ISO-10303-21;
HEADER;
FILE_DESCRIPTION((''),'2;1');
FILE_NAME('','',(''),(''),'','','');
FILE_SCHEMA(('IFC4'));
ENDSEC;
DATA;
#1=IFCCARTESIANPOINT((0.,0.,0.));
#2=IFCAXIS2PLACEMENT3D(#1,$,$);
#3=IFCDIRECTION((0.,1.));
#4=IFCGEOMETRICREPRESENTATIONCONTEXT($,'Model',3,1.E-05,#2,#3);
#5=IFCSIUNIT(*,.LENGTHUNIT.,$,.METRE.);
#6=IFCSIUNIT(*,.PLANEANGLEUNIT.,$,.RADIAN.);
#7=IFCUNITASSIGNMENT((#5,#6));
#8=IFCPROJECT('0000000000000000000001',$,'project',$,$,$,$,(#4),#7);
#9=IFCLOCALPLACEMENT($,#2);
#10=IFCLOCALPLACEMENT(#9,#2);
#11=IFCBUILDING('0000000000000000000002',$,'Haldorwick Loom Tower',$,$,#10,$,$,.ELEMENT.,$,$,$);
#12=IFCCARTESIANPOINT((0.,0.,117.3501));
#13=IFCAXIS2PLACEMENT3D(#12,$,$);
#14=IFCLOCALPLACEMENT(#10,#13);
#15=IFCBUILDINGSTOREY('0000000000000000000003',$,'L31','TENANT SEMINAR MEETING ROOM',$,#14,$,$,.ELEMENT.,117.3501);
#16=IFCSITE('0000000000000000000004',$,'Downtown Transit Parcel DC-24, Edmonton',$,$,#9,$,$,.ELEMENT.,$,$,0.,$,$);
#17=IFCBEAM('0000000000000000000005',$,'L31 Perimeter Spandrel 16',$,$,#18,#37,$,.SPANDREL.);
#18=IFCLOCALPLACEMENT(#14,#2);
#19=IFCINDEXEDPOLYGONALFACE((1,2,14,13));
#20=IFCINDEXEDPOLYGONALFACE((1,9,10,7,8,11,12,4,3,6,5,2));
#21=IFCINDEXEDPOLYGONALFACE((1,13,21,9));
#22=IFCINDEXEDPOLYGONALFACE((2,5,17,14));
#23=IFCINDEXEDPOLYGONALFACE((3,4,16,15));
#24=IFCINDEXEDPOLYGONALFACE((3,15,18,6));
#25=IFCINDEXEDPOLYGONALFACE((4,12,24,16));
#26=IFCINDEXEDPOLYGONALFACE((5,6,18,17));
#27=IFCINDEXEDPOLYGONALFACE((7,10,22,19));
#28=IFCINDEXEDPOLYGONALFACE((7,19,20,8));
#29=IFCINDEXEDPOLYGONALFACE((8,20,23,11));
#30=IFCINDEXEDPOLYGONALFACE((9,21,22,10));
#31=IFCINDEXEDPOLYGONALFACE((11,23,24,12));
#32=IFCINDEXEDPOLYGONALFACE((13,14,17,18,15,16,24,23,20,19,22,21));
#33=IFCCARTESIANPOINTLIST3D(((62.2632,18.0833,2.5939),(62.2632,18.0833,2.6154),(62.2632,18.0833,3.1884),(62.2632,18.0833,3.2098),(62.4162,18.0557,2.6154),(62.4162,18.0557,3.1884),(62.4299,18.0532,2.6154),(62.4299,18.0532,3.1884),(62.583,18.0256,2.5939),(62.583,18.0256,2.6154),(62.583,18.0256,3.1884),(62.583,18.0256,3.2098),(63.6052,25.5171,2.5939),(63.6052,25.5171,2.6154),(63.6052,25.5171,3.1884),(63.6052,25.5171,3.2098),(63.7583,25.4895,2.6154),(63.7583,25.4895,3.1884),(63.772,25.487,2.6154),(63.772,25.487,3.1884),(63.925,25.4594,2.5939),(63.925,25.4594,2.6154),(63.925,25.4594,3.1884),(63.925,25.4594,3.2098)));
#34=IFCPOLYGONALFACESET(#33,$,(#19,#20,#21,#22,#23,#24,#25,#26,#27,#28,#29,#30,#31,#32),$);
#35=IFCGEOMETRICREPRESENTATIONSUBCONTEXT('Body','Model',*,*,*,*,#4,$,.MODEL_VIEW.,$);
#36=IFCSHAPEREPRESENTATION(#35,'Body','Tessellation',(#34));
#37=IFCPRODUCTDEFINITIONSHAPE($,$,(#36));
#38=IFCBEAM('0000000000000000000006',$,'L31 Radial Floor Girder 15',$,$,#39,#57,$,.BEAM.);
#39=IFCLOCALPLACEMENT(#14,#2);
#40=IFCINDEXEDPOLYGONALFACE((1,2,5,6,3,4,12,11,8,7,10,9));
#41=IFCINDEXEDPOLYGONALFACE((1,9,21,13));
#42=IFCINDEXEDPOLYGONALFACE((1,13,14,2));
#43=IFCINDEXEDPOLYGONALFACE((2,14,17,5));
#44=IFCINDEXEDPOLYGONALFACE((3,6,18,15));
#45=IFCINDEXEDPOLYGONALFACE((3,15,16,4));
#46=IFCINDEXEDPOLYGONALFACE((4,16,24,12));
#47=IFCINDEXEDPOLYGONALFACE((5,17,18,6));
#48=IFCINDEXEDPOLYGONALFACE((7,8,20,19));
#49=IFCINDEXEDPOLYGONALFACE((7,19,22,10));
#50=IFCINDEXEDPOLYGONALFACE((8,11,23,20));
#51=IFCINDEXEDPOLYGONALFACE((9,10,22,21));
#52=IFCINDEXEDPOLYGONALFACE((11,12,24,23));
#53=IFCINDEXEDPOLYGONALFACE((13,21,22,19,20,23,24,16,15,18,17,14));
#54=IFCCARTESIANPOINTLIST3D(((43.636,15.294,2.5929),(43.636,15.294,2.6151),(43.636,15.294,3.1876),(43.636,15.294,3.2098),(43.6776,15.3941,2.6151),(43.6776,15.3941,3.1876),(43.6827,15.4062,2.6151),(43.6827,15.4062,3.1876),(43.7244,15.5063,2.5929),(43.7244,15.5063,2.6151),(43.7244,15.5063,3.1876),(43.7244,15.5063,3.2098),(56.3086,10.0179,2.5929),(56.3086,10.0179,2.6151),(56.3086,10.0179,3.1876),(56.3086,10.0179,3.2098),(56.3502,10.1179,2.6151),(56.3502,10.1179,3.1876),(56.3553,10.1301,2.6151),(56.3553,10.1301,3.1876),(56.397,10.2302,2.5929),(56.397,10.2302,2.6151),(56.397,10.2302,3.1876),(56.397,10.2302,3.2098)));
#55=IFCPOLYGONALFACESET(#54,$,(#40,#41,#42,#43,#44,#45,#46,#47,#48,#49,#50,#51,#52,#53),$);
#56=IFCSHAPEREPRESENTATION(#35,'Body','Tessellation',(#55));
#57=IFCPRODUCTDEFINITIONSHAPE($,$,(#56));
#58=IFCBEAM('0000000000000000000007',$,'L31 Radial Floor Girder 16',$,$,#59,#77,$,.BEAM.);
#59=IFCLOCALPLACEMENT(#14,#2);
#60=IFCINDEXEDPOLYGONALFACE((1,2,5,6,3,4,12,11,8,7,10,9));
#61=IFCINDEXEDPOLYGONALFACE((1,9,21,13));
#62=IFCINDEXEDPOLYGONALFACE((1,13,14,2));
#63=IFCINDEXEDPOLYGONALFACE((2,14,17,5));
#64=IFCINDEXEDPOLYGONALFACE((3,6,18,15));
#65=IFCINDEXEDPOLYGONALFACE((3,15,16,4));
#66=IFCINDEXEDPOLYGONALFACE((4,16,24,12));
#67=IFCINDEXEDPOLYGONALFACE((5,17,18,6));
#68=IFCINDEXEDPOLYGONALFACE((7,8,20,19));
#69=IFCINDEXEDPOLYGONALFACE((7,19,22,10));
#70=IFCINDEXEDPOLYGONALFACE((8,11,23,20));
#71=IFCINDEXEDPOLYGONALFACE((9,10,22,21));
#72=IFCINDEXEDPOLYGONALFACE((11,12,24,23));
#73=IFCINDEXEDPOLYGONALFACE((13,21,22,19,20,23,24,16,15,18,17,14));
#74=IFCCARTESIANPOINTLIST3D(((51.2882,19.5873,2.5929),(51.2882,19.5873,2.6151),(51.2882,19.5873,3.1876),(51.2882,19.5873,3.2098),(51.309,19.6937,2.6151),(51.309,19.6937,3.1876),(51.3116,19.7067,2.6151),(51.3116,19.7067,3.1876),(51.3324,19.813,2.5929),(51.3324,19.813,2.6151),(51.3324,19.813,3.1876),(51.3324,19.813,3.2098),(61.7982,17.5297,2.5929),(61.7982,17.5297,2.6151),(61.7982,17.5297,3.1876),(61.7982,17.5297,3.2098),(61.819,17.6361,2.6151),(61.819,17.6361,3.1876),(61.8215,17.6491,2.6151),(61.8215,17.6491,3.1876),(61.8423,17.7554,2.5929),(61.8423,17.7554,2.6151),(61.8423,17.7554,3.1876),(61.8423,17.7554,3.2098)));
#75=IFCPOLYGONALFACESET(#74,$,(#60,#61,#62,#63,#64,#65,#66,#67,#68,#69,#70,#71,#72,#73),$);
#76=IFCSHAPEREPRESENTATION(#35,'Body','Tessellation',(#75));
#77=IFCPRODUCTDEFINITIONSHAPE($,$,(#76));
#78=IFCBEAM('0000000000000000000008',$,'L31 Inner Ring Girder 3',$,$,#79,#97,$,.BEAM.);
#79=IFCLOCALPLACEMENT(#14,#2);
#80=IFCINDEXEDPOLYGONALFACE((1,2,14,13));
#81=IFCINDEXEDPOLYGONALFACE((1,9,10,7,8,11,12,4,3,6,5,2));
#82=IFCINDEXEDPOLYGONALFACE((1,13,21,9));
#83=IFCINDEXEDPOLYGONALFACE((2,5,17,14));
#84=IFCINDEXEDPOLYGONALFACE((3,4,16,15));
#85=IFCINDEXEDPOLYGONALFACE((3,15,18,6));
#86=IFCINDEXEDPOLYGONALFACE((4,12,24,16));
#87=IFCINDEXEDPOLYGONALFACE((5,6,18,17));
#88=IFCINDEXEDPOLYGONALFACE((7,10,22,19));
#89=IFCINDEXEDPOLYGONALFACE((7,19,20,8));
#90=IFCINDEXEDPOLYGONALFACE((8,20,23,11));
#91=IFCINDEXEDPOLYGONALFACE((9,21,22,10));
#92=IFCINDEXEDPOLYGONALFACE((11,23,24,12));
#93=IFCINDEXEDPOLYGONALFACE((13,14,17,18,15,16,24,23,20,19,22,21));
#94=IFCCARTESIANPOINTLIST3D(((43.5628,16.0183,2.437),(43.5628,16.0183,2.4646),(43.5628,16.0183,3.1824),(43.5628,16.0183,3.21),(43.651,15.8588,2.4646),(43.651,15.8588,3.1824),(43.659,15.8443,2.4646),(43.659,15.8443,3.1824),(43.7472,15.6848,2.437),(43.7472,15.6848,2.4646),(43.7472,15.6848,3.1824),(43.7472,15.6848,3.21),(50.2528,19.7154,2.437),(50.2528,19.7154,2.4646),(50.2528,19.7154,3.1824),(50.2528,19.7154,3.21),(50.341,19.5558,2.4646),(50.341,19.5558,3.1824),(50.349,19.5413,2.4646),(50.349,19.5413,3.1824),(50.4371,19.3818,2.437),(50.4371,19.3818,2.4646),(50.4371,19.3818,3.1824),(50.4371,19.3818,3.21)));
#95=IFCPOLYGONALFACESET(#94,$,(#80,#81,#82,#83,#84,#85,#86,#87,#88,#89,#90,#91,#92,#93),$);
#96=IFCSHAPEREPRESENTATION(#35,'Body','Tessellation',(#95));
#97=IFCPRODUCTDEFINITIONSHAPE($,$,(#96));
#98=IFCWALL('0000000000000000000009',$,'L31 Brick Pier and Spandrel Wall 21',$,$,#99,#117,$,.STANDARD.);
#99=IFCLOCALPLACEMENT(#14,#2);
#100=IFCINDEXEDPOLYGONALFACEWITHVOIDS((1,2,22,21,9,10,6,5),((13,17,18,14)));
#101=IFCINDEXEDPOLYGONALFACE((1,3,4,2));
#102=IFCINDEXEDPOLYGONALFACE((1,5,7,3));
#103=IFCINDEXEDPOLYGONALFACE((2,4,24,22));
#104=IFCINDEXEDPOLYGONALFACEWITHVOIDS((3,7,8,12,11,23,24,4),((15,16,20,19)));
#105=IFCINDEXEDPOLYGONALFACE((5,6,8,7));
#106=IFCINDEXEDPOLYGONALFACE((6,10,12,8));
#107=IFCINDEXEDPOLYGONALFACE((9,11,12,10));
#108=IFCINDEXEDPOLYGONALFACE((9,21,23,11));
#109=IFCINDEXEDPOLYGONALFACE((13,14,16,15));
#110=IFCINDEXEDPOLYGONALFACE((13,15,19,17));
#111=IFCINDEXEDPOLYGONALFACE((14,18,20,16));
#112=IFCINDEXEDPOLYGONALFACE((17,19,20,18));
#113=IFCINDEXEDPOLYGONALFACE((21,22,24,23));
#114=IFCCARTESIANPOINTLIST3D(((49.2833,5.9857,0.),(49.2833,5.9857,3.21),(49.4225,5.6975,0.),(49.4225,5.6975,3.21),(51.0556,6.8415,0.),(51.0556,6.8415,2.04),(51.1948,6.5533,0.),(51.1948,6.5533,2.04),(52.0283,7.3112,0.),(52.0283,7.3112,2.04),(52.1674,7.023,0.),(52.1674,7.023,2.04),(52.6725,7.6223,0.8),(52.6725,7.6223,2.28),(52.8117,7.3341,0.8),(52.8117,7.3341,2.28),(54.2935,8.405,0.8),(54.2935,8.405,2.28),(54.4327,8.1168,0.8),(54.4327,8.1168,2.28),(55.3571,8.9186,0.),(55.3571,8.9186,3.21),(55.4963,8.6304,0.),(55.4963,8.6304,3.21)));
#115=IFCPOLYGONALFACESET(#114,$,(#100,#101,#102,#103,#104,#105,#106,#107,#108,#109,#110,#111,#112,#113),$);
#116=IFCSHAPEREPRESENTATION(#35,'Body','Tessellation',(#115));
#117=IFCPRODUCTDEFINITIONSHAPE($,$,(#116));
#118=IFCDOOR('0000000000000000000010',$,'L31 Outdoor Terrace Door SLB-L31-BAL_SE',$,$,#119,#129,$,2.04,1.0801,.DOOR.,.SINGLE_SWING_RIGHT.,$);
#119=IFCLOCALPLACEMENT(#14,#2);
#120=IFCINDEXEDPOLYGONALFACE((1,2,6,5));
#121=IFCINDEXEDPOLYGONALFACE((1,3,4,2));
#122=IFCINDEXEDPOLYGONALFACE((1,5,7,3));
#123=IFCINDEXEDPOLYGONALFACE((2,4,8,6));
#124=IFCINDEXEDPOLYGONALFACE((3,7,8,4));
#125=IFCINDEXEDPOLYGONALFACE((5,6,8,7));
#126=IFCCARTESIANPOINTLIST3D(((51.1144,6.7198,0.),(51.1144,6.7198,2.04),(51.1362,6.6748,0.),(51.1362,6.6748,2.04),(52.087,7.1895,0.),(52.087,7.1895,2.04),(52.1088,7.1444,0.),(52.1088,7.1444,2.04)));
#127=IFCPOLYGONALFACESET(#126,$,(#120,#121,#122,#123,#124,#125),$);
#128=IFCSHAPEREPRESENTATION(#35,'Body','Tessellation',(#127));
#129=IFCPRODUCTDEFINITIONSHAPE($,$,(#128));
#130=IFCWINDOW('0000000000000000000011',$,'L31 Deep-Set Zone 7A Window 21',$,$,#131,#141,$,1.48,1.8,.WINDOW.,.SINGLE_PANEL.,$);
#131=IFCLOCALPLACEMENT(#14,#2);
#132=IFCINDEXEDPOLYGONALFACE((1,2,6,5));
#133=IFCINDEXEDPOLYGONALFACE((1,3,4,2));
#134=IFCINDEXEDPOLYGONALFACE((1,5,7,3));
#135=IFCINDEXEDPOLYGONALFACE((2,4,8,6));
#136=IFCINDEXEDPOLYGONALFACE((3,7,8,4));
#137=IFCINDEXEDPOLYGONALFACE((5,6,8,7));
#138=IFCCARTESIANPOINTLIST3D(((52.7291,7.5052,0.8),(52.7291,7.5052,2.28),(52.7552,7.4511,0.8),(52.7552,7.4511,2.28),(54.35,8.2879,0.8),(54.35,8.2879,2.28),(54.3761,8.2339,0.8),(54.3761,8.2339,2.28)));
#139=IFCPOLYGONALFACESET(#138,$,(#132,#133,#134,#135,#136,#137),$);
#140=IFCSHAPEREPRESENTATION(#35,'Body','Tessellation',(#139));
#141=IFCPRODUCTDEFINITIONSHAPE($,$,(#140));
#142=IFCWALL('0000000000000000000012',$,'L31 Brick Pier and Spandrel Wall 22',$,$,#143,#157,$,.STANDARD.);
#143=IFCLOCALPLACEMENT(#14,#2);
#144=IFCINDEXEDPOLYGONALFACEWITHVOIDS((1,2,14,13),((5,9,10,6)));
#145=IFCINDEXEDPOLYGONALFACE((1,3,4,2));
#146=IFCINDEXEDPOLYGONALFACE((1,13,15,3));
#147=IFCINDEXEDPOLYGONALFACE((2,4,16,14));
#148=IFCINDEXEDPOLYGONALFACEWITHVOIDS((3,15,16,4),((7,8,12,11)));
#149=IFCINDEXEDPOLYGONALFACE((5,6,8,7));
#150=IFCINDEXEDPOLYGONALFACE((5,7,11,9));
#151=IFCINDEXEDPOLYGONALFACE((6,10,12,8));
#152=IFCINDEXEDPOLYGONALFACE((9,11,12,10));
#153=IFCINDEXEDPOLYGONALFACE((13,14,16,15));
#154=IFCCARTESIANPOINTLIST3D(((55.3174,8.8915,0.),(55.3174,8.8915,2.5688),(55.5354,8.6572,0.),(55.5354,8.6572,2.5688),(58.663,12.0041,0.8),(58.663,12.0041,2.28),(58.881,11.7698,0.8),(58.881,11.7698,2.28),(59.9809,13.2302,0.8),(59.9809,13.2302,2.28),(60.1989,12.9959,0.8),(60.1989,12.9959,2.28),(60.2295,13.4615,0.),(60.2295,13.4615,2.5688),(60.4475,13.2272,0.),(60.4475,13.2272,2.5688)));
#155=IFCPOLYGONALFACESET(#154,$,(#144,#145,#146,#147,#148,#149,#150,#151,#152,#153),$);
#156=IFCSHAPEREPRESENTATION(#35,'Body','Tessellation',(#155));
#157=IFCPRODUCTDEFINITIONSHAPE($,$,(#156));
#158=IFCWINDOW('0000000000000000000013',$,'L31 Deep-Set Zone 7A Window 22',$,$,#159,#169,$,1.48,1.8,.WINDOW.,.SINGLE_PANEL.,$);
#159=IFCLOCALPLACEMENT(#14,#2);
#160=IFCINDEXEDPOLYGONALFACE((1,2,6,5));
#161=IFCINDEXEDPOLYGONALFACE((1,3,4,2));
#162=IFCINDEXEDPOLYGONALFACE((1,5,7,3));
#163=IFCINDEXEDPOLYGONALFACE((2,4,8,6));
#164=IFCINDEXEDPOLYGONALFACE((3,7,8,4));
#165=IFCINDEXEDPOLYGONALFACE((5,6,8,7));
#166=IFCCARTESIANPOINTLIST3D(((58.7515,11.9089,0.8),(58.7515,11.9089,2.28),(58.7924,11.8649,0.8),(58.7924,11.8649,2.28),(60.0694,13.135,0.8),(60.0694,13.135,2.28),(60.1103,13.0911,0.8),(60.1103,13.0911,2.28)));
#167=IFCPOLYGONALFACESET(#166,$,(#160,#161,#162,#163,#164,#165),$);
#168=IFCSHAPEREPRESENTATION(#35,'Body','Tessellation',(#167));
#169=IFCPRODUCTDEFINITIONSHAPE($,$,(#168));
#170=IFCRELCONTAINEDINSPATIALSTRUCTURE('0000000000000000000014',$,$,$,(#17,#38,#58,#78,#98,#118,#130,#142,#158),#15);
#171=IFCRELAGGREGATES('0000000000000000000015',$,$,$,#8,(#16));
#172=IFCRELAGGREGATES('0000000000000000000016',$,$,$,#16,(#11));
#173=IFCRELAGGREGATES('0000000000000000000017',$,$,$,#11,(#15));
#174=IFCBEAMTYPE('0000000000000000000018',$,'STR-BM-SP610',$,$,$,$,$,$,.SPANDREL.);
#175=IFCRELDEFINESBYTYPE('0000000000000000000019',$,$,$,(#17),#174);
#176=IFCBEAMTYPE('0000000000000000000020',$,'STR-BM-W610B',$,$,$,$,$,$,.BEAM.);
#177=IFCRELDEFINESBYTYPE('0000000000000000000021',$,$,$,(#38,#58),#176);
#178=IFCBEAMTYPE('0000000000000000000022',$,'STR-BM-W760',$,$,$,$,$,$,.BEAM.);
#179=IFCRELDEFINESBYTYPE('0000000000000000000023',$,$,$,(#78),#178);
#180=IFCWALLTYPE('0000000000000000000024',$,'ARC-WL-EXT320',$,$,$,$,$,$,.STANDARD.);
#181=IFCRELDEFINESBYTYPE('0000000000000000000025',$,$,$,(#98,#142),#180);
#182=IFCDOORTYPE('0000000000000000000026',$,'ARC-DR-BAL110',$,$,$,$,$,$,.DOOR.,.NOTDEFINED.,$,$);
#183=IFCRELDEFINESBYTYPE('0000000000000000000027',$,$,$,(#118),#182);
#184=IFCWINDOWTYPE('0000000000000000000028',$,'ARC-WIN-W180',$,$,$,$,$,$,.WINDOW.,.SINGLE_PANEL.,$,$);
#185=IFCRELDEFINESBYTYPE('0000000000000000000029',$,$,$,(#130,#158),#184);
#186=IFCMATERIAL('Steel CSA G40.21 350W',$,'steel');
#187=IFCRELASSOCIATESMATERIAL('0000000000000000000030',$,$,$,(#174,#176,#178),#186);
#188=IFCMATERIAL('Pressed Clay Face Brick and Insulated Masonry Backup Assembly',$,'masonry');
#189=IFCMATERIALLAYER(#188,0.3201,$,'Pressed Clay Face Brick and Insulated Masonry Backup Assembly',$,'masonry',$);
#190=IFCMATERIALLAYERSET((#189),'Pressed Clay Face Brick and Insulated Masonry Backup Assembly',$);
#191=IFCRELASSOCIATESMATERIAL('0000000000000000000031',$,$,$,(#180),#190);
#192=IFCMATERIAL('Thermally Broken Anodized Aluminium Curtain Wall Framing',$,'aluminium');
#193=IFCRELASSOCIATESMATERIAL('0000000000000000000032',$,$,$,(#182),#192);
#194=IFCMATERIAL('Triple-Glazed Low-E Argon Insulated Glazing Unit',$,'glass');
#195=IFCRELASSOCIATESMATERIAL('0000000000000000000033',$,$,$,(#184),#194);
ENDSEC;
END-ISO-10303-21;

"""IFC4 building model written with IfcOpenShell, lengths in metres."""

from ifc_helpers import new_model, si_unit, direction, frame, frame_2d, origin, origin_2d, place, context, subcontext, project, spatial, rectangle, i_section, extrude, material, layer, layer_set, material_profile, profile_set, type_object, element, fill, save


model = new_model("IFC4")

# Units and contexts
model_context = context("Model", 3, precision=1e-05, world=origin(), true_north=direction((0.0, 1.0)))
body_context = subcontext(model_context, "Body", "Model", "MODEL_VIEW")
ifc_project = project(units=[si_unit("LENGTHUNIT", "METRE"), si_unit("PLANEANGLEUNIT", "RADIAN")], contexts=[model_context])

# Site, building, storey
site_placement = place(None, origin())
site = spatial("IfcSite", under=ifc_project, at=site_placement, Name="Downtown Transit Parcel DC-24, Edmonton", CompositionType="ELEMENT", RefElevation=0.0)
building_placement = place(site_placement, origin())
building = spatial("IfcBuilding", under=site, at=building_placement, Name="Haldorwick Loom Tower", CompositionType="ELEMENT")
storey_placement = place(building_placement, frame((0.0, 0.0, 117.3501)))
storey = spatial("IfcBuildingStorey", under=building, at=storey_placement, Name="L31", Description="TENANT SEMINAR MEETING ROOM", CompositionType="ELEMENT", Elevation=117.3501)

# Beams
ifc_material_1 = material(Name="Steel CSA G40.21 350W", Category="steel")
ifc_material_profile_1 = material_profile(ifc_material_1, i_section(OverallWidth=0.325, OverallDepth=0.616, WebThickness=0.0139, FlangeThickness=0.0215, at=origin_2d()), Name="W610X174", Category="steel")
ifc_profile_set_1 = profile_set([ifc_material_profile_1], Name="Steel CSA G40.21 350W")
beam_type_1 = type_object("IfcBeamType", Name="STR-BM-SP610", PredefinedType="SPANDREL", material=ifc_profile_set_1)
beam_1_placement = place(storey_placement, frame((62.4231, 18.0544, 2.9019), z_axis=(0.177659, 0.984092, 0.0), x_axis=(-0.984092, 0.177659, 0.0)))
element("IfcBeam", 1, at=beam_1_placement, inside=storey, type_object=beam_type_1, Name="L31 Perimeter Spandrel 16", PredefinedType="SPANDREL", context=body_context, shape_type="SweptSolid", body=[
    extrude(i_section(OverallWidth=0.325, OverallDepth=0.616, WebThickness=0.0139, FlangeThickness=0.0215, at=origin_2d()), origin(), (0.0, 0.0, 1.0), 7.554),
])
ifc_material_profile_2 = material_profile(ifc_material_1, i_section(OverallWidth=0.23, OverallDepth=0.6169, WebThickness=0.0132, FlangeThickness=0.0222, at=origin_2d()), Name="W610X140", Category="steel")
ifc_profile_set_2 = profile_set([ifc_material_profile_2], Name="Steel CSA G40.21 350W")
beam_type_2 = type_object("IfcBeamType", Name="STR-BM-W610B", PredefinedType="BEAM", material=ifc_profile_set_2)
beam_2_placement = place(storey_placement, frame((43.6802, 15.4001, 2.9014), z_axis=(0.923184, -0.384359, 0.0), x_axis=(0.384359, 0.923184, 0.0)))
element("IfcBeam", 2, at=beam_2_placement, inside=storey, type_object=beam_type_2, Name="L31 Radial Floor Girder 15", PredefinedType="BEAM", context=body_context, shape_type="SweptSolid", body=[
    extrude(i_section(OverallWidth=0.23, OverallDepth=0.6169, WebThickness=0.0132, FlangeThickness=0.0222, at=origin_2d()), origin(), (0.0, 0.0, 1.0), 13.7271),
])
beam_3_placement = place(storey_placement, frame((51.3103, 19.7002, 2.9014), z_axis=(0.98137, -0.192129, 0.0), x_axis=(0.192129, 0.98137, 0.0)))
element("IfcBeam", 3, at=beam_3_placement, inside=storey, type_object=beam_type_2, Name="L31 Radial Floor Girder 16", PredefinedType="BEAM", context=body_context, shape_type="SweptSolid", body=[
    extrude(i_section(OverallWidth=0.23, OverallDepth=0.6169, WebThickness=0.0132, FlangeThickness=0.0222, at=origin_2d()), origin(), (0.0, 0.0, 1.0), 10.7095),
])
ifc_material_profile_3 = material_profile(ifc_material_1, i_section(OverallWidth=0.3811, OverallDepth=0.7729, WebThickness=0.0166, FlangeThickness=0.0276, at=origin_2d()), Name="W760X257", Category="steel")
ifc_profile_set_3 = profile_set([ifc_material_profile_3], Name="Steel CSA G40.21 350W")
beam_type_3 = type_object("IfcBeamType", Name="STR-BM-W760", PredefinedType="BEAM", material=ifc_profile_set_3)
beam_4_placement = place(storey_placement, frame((50.345, 19.5486, 2.8235), z_axis=(-0.875244, -0.483681, 0.0), x_axis=(0.483681, -0.875244, 0.0)))
element("IfcBeam", 4, at=beam_4_placement, inside=storey, type_object=beam_type_3, Name="L31 Inner Ring Girder 3", PredefinedType="BEAM", context=body_context, shape_type="SweptSolid", body=[
    extrude(i_section(OverallWidth=0.3811, OverallDepth=0.7729, WebThickness=0.0166, FlangeThickness=0.0276, at=origin_2d()), origin(), (0.0, 0.0, 1.0), 7.6436),
])

# Wall, openings, door, window
ifc_material_2 = material(Name="Pressed Clay Face Brick and Insulated Masonry Backup Assembly", Category="masonry")
ifc_layer_1 = layer(ifc_material_2, 0.3201, Name="Pressed Clay Face Brick and Insulated Masonry Backup Assembly", Category="masonry")
ifc_layer_set_1 = layer_set([ifc_layer_1], Name="Pressed Clay Face Brick and Insulated Masonry Backup Assembly")
wall_type_1 = type_object("IfcWallType", Name="ARC-WL-EXT320", PredefinedType="STANDARD", material=ifc_layer_set_1)
wall_1_placement = place(storey_placement, frame((49.3528, 5.8416, 0.0), z_axis=(0.0, 0.0, 1.0), x_axis=(0.90051, 0.434835, 0.0)))
wall_1 = element("IfcWall", 5, at=wall_1_placement, inside=storey, type_object=wall_type_1, Name="L31 Brick Pier and Spandrel Wall 21", PredefinedType="STANDARD", context=body_context, shape_type="SweptSolid", body=[
    extrude(rectangle(XDim=6.7449, YDim=0.3201, at=frame_2d((3.3726, 0.0))), origin(), (0.0, 0.0, 1.0), 3.21),
])
opening_1_placement = place(wall_1_placement, frame((1.9683, 0.0, 0.0)))
opening_1 = element("IfcOpeningElement", 6, at=opening_1_placement, cuts=wall_1, PredefinedType="OPENING", context=body_context, shape_type="SweptSolid", body=[
    extrude(rectangle(XDim=1.0801, YDim=2.04, at=frame_2d((0.54, 1.02))), frame((0.0, 0.1699, 0.0), z_axis=(0.0, -1.0, 0.0), x_axis=(1.0, 0.0, 0.0)), (0.0, 0.0, 1.0), 0.3401),
])
opening_2_placement = place(wall_1_placement, frame((3.7639, 0.0, 0.8)))
opening_2 = element("IfcOpeningElement", 7, at=opening_2_placement, cuts=wall_1, PredefinedType="OPENING", context=body_context, shape_type="SweptSolid", body=[
    extrude(rectangle(XDim=1.8, YDim=1.48, at=frame_2d((0.8999, 0.74))), frame((0.0, 0.1699, 0.0), z_axis=(0.0, -1.0, 0.0), x_axis=(1.0, 0.0, 0.0)), (0.0, 0.0, 1.0), 0.3401),
])
ifc_material_3 = material(Name="Thermally Broken Anodized Aluminium Curtain Wall Framing", Category="aluminium")
door_type_1 = type_object("IfcDoorType", Name="ARC-DR-BAL110", OperationType="NOTDEFINED", PredefinedType="DOOR", material=ifc_material_3)
door_1_placement = place(opening_1_placement, origin())
door_1 = element("IfcDoor", 8, at=door_1_placement, inside=storey, type_object=door_type_1, Name="L31 Outdoor Terrace Door SLB-L31-BAL_SE", OperationType="SINGLE_SWING_RIGHT", OverallHeight=2.04, OverallWidth=1.0801, PredefinedType="DOOR", context=body_context, shape_type="SweptSolid", body=[
    extrude(rectangle(XDim=1.0801, YDim=2.04, at=frame_2d((0.54, 1.02))), frame((0.0, 0.0249, 0.0), z_axis=(0.0, -1.0, 0.0), x_axis=(1.0, 0.0, 0.0)), (0.0, 0.0, 1.0), 0.05),
])
fill(opening_1, door_1)
ifc_material_4 = material(Name="Triple-Glazed Low-E Argon Insulated Glazing Unit", Category="glass")
window_type = type_object("IfcWindowType", Name="ARC-WIN-W180", PartitioningType="SINGLE_PANEL", PredefinedType="WINDOW", material=ifc_material_4)
window_1_placement = place(opening_2_placement, origin())
window_1 = element("IfcWindow", 9, at=window_1_placement, inside=storey, type_object=window_type, Name="L31 Deep-Set Zone 7A Window 21", OverallHeight=1.48, OverallWidth=1.8, PartitioningType="SINGLE_PANEL", PredefinedType="WINDOW", context=body_context, shape_type="SweptSolid", body=[
    extrude(rectangle(XDim=1.8, YDim=1.48, at=frame_2d((0.8999, 0.74))), frame((0.0, 0.03, 0.0), z_axis=(0.0, -1.0, 0.0), x_axis=(1.0, 0.0, 0.0)), (0.0, 0.0, 1.0), 0.0601),
])
fill(opening_2, window_1)

# Wall, opening, window
wall_2_placement = place(storey_placement, frame((55.4265, 8.7744, 0.0), z_axis=(0.0, 0.0, 1.0), x_axis=(0.732137, 0.681157, 0.0)))
wall_2 = element("IfcWall", 10, at=wall_2_placement, inside=storey, type_object=wall_type_1, Name="L31 Brick Pier and Spandrel Wall 22", PredefinedType="STANDARD", context=body_context, shape_type="SweptSolid", body=[
    extrude(rectangle(XDim=6.7092, YDim=0.3201, at=frame_2d((3.3545, 0.0))), origin(), (0.0, 0.0, 1.0), 2.5688),
])
opening_3_placement = place(wall_2_placement, frame((4.5696, 0.0, 0.8)))
opening_3 = element("IfcOpeningElement", 11, at=opening_3_placement, cuts=wall_2, PredefinedType="OPENING", context=body_context, shape_type="SweptSolid", body=[
    extrude(rectangle(XDim=1.8, YDim=1.48, at=frame_2d((0.8999, 0.74))), frame((0.0, 0.1699, 0.0), z_axis=(0.0, -1.0, 0.0), x_axis=(1.0, 0.0, 0.0)), (0.0, 0.0, 1.0), 0.3401),
])
window_2_placement = place(opening_3_placement, origin())
window_2 = element("IfcWindow", 12, at=window_2_placement, inside=storey, type_object=window_type, Name="L31 Deep-Set Zone 7A Window 22", OverallHeight=1.48, OverallWidth=1.8, PartitioningType="SINGLE_PANEL", PredefinedType="WINDOW", context=body_context, shape_type="SweptSolid", body=[
    extrude(rectangle(XDim=1.8, YDim=1.48, at=frame_2d((0.8999, 0.74))), frame((0.0, 0.03, 0.0), z_axis=(0.0, -1.0, 0.0), x_axis=(1.0, 0.0, 0.0)), (0.0, 0.0, 1.0), 0.0601),
])
fill(opening_3, window_2)

save(model, "model.ifc")
